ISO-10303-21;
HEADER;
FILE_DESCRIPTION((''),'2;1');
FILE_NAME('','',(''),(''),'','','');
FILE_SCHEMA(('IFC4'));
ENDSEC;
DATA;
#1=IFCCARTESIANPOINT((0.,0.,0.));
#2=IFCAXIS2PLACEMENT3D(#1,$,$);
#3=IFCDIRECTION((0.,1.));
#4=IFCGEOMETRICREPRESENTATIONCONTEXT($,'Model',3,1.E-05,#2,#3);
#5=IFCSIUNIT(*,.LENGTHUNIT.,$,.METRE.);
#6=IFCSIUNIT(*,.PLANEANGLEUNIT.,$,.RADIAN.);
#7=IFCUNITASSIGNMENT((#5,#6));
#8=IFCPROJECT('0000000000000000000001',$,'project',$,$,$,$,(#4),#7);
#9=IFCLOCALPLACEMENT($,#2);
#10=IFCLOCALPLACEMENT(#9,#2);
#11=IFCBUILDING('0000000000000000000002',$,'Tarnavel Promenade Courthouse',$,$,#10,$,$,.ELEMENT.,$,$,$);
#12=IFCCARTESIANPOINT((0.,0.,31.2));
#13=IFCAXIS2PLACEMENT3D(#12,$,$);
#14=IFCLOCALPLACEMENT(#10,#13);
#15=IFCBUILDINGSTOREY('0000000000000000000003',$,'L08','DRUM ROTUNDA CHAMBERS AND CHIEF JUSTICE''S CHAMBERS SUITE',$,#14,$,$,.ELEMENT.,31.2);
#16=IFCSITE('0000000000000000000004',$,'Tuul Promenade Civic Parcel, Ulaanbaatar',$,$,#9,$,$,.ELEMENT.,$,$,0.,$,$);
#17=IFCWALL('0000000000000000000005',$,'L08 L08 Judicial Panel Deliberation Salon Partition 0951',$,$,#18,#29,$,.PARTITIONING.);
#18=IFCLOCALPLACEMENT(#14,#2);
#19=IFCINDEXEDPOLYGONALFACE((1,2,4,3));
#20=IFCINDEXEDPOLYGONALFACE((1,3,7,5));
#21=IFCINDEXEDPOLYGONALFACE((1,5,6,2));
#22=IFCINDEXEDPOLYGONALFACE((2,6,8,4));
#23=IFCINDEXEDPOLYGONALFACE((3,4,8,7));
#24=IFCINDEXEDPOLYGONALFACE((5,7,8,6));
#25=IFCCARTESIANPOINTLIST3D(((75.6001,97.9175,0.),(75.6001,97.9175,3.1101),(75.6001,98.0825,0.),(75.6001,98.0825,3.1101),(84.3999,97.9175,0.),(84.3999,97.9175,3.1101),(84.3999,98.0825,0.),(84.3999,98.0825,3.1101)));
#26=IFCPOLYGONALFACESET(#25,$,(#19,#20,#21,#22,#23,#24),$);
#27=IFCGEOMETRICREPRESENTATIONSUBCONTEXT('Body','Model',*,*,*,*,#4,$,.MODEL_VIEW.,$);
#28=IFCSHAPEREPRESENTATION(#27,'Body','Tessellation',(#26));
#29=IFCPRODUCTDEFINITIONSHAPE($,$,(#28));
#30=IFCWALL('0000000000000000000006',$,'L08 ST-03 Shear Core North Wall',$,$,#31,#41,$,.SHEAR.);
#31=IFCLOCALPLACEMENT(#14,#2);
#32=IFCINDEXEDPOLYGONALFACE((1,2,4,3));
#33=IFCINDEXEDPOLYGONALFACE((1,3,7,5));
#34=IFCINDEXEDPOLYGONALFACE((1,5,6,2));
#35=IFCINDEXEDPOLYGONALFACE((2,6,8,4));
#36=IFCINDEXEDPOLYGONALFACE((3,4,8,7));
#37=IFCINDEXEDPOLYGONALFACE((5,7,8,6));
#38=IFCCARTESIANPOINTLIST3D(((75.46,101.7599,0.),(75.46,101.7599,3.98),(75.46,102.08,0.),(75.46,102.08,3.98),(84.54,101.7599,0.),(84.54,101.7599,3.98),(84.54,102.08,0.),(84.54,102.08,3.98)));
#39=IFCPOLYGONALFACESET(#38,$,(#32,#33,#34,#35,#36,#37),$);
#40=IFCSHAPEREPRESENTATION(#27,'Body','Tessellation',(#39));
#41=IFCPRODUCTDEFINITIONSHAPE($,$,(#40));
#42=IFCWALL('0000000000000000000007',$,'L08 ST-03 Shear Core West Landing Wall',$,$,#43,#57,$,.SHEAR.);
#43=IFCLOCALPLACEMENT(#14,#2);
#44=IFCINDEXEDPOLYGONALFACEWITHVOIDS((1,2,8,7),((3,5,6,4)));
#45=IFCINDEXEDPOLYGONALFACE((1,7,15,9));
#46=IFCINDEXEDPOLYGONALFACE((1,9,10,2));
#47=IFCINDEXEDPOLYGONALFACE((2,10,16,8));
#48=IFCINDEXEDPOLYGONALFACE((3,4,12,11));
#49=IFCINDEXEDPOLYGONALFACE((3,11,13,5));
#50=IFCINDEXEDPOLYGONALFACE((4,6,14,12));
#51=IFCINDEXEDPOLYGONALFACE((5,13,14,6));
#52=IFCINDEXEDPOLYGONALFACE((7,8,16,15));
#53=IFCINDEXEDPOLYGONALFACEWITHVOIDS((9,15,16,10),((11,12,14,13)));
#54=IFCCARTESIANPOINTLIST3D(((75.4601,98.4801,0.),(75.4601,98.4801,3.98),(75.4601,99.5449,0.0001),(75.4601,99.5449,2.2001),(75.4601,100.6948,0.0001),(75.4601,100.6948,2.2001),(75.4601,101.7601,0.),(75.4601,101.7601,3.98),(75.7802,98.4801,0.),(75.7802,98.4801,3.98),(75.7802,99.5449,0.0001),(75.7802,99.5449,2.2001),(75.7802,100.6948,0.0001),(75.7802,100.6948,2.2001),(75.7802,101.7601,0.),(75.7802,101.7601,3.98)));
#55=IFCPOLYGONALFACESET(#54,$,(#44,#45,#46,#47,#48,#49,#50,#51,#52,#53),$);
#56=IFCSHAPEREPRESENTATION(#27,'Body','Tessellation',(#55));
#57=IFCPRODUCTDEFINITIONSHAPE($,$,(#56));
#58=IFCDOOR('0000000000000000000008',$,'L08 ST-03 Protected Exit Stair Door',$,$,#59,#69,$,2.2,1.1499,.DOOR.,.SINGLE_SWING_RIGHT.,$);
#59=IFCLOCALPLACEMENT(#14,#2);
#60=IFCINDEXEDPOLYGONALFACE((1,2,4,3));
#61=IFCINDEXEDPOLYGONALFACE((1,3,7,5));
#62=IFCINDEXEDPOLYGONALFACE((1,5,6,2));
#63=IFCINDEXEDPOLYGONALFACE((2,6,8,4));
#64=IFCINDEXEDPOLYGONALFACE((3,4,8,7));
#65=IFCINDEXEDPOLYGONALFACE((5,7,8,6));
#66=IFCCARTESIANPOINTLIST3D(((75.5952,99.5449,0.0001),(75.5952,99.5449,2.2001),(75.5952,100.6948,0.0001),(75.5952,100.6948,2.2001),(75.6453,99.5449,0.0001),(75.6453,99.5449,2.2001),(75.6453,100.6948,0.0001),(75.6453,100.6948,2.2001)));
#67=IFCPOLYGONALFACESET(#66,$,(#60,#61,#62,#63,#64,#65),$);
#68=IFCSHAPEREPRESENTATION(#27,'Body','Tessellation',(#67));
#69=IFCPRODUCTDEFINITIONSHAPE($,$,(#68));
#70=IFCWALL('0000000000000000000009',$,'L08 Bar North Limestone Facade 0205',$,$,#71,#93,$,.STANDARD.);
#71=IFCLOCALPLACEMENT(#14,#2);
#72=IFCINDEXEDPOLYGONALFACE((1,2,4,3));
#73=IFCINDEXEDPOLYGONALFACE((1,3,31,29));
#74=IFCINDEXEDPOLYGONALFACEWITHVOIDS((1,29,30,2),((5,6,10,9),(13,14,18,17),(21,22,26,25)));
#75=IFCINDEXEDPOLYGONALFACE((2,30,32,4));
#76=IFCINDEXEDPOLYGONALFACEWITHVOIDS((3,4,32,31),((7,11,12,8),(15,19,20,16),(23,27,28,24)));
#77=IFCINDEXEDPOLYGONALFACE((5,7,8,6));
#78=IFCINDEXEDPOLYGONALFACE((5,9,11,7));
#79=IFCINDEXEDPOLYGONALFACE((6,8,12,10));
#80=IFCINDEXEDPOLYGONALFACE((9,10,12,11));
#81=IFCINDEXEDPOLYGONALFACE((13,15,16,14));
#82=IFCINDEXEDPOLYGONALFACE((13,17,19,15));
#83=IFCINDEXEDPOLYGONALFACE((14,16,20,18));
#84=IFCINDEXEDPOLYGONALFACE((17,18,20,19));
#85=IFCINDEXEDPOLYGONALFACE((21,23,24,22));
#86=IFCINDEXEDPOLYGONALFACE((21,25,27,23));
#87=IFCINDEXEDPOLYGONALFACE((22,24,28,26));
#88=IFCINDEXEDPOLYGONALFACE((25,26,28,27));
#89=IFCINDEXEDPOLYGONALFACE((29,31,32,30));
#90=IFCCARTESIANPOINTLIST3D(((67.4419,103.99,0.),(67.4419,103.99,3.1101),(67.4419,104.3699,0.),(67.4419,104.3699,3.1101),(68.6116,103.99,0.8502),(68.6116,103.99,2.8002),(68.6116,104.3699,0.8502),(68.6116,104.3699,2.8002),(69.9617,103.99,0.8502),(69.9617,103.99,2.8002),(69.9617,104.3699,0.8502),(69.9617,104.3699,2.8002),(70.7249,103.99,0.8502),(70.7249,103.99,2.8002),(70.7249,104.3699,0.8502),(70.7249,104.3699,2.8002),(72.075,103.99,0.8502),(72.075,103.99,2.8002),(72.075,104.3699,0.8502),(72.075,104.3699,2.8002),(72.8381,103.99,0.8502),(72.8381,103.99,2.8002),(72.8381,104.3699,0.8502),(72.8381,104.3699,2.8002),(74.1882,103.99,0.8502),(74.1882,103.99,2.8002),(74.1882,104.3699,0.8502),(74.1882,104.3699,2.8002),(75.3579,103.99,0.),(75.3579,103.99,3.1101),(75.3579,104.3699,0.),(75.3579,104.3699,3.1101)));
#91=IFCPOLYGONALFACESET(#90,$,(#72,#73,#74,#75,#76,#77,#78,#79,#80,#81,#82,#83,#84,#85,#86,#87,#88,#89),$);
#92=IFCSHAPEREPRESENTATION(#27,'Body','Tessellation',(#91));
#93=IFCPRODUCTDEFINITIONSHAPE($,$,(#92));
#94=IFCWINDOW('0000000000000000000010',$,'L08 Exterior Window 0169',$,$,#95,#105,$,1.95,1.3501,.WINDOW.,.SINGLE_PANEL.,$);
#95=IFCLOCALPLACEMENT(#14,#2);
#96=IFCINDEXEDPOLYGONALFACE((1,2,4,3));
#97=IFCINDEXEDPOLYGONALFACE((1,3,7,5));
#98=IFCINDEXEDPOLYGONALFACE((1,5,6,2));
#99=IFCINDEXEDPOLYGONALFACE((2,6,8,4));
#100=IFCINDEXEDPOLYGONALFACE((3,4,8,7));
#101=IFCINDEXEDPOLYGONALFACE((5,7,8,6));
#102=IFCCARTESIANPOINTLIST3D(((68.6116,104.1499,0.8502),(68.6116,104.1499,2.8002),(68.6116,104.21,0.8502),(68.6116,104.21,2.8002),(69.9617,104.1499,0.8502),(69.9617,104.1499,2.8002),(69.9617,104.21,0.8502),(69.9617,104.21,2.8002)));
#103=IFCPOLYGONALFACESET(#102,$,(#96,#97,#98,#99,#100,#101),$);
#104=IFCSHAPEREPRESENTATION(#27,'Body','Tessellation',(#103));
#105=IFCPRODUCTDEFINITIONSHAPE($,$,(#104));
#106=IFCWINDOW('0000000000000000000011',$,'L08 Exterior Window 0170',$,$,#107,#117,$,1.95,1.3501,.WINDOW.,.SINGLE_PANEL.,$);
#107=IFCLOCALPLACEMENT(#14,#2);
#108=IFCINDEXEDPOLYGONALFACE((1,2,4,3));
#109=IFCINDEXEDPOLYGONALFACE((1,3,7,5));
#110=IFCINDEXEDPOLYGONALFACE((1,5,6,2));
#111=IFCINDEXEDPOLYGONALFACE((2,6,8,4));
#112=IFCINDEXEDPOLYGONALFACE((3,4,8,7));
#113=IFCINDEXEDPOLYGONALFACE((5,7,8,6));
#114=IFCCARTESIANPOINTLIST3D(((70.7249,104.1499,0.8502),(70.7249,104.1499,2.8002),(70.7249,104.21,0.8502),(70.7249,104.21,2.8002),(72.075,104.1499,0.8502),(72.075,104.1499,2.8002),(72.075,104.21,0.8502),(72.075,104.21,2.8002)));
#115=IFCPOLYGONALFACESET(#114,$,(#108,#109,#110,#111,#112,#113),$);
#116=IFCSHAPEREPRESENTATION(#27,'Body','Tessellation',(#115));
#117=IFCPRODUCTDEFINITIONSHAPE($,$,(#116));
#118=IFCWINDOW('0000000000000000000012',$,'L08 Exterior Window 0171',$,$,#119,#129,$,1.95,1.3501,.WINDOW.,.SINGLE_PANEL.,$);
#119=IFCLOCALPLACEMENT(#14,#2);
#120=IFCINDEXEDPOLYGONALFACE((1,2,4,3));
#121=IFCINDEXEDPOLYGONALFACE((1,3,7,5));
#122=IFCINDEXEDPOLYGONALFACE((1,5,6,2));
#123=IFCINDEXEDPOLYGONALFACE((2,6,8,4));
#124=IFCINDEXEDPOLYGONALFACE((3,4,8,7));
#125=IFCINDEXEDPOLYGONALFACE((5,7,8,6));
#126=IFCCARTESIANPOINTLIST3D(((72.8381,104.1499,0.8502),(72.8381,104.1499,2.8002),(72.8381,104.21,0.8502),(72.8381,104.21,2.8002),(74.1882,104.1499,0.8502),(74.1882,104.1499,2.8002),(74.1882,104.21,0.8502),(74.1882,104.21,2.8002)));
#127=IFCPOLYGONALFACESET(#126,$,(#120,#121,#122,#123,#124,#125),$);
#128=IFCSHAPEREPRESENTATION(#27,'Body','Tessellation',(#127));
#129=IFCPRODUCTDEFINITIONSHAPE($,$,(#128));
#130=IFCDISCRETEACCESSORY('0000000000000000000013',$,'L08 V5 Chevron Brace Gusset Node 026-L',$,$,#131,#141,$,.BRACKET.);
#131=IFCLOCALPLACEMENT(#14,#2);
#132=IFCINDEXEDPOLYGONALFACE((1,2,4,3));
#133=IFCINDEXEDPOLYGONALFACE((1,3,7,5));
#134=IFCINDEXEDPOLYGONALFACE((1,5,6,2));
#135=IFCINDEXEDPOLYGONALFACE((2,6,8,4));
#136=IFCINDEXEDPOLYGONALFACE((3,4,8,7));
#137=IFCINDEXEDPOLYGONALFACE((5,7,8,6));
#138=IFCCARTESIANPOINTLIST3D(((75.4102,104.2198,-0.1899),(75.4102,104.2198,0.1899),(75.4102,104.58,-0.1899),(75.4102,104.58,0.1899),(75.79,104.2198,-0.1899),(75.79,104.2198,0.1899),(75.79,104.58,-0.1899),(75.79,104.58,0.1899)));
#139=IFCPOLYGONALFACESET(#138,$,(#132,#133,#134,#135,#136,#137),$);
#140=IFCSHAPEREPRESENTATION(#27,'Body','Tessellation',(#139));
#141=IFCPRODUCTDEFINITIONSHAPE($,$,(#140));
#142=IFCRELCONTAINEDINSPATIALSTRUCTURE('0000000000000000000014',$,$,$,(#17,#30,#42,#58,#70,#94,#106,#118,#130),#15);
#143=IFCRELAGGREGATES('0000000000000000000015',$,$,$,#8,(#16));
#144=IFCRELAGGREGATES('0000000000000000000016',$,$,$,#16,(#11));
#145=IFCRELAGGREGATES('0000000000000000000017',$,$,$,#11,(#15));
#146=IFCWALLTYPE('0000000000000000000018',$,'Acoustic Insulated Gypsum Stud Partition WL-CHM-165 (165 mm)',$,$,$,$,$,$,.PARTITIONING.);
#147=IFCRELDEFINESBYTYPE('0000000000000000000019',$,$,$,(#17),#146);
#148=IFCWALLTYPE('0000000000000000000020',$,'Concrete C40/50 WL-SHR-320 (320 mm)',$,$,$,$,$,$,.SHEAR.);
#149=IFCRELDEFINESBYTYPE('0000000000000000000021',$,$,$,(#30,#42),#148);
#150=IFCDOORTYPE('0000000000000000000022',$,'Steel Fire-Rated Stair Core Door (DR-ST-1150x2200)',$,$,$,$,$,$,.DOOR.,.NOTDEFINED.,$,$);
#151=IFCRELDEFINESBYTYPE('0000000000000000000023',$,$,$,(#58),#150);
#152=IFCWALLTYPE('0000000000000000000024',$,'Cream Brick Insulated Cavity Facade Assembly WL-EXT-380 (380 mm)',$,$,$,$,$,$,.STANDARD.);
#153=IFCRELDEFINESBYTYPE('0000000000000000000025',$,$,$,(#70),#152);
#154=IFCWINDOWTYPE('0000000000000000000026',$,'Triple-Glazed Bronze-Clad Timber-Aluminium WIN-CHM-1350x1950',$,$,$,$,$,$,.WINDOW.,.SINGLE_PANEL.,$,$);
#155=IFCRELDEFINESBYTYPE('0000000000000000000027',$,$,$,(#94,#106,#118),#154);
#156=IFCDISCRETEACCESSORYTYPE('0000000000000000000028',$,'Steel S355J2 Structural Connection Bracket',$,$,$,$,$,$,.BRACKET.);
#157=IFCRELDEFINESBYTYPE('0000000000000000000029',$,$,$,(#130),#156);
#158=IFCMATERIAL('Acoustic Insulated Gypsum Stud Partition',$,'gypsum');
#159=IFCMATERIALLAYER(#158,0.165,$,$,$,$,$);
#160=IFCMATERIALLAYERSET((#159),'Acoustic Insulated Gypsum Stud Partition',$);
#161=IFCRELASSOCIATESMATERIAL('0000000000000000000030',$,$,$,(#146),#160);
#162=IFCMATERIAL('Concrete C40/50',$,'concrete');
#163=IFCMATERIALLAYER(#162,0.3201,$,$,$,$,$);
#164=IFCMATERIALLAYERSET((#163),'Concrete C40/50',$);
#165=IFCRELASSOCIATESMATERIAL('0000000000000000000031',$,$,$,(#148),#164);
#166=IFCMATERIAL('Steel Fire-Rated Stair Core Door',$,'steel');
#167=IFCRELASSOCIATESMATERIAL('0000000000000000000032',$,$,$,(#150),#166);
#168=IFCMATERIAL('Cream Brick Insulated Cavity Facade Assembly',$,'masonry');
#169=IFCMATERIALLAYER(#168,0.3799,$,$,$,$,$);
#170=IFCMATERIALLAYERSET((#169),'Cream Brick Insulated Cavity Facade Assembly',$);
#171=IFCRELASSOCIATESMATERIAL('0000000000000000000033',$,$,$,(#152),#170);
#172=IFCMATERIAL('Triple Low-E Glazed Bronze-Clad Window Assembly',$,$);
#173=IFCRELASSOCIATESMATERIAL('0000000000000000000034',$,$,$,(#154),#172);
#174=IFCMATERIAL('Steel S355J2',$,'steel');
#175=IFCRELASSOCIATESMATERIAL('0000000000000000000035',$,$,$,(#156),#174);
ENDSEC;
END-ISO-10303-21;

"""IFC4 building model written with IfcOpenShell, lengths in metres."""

from ifc_helpers import new_model, si_unit, direction, frame, frame_2d, origin, origin_2d, place, context, subcontext, project, spatial, rectangle, extrude, material, layer, layer_set, type_object, element, fill, save


model = new_model("IFC4")

# Units and contexts
model_context = context("Model", 3, precision=1e-05, world=origin(), true_north=direction((0.0, 1.0)))
body_context = subcontext(model_context, "Body", "Model", "MODEL_VIEW")
ifc_project = project(units=[si_unit("LENGTHUNIT", "METRE"), si_unit("PLANEANGLEUNIT", "RADIAN")], contexts=[model_context])

# Site, building, storey
site_placement = place(None, origin())
site = spatial("IfcSite", under=ifc_project, at=site_placement, Name="Tuul Promenade Civic Parcel, Ulaanbaatar", CompositionType="ELEMENT", RefElevation=0.0)
building_placement = place(site_placement, origin())
building = spatial("IfcBuilding", under=site, at=building_placement, Name="Tarnavel Promenade Courthouse", CompositionType="ELEMENT")
storey_placement = place(building_placement, frame((0.0, 0.0, 31.2)))
storey = spatial("IfcBuildingStorey", under=building, at=storey_placement, Name="L08", Description="DRUM ROTUNDA CHAMBERS AND CHIEF JUSTICE'S CHAMBERS SUITE", CompositionType="ELEMENT", Elevation=31.2)

# Shared definitions
ifc_material_1 = material(Name="Concrete C40/50", Category="concrete")

# Shared definitions
ifc_material_2 = material(Name="Steel S355J2", Category="steel")

# Shared definitions
ifc_material_3 = material(Name="Acoustic Insulated Gypsum Stud Partition", Category="gypsum")
ifc_layer_1 = layer(ifc_material_3, 0.165)
ifc_layer_set_1 = layer_set([ifc_layer_1], Name="Acoustic Insulated Gypsum Stud Partition")
wall_type_1 = type_object("IfcWallType", Name="Acoustic Insulated Gypsum Stud Partition WL-CHM-165 (165 mm)", PredefinedType="PARTITIONING", material=ifc_layer_set_1)

# Walls
wall_1_placement = place(storey_placement, frame((75.6001, 98.0, 0.0), z_axis=(0.0, 0.0, 1.0), x_axis=(1.0, 0.0, 0.0)))
element("IfcWall", 1, at=wall_1_placement, inside=storey, type_object=wall_type_1, Name="L08 L08 Judicial Panel Deliberation Salon Partition 0951", PredefinedType="PARTITIONING", context=body_context, shape_type="SweptSolid", body=[
    extrude(rectangle(XDim=8.7998, YDim=0.165, at=frame_2d((4.3999, 0.0))), origin(), (0.0, 0.0, 1.0), 3.1101),
])
ifc_layer_2 = layer(ifc_material_1, 0.3201)
ifc_layer_set_2 = layer_set([ifc_layer_2], Name="Concrete C40/50")
wall_type_2 = type_object("IfcWallType", Name="Concrete C40/50 WL-SHR-320 (320 mm)", PredefinedType="SHEAR", material=ifc_layer_set_2)
wall_2_placement = place(storey_placement, frame((75.46, 101.9199, 0.0), z_axis=(0.0, 0.0, 1.0), x_axis=(1.0, 0.0, 0.0)))
element("IfcWall", 2, at=wall_2_placement, inside=storey, type_object=wall_type_2, Name="L08 ST-03 Shear Core North Wall", PredefinedType="SHEAR", context=body_context, shape_type="SweptSolid", body=[
    extrude(rectangle(XDim=9.0801, YDim=0.3201, at=frame_2d((4.54, 0.0))), origin(), (0.0, 0.0, 1.0), 3.98),
])

# Wall, opening, door
wall_3_placement = place(storey_placement, frame((75.6201, 98.48, 0.0), z_axis=(0.0, 0.0, 1.0), x_axis=(0.0, 1.0, 0.0)))
wall_3 = element("IfcWall", 3, at=wall_3_placement, inside=storey, type_object=wall_type_2, Name="L08 ST-03 Shear Core West Landing Wall", PredefinedType="SHEAR", context=body_context, shape_type="SweptSolid", body=[
    extrude(rectangle(XDim=3.28, YDim=0.3201, at=frame_2d((1.6401, 0.0))), origin(), (0.0, 0.0, 1.0), 3.98),
])
opening_1_placement = place(wall_3_placement, frame((1.0649, 0.0, 0.0)))
opening_1 = element("IfcOpeningElement", 4, at=opening_1_placement, cuts=wall_3, PredefinedType="OPENING", context=body_context, shape_type="SweptSolid", body=[
    extrude(rectangle(XDim=1.1499, YDim=2.2, at=frame_2d((0.575, 1.1001))), frame((0.0, 0.1699, 0.0), z_axis=(0.0, -1.0, 0.0), x_axis=(1.0, 0.0, 0.0)), (0.0, 0.0, 1.0), 0.3401),
])
ifc_material_4 = material(Name="Steel Fire-Rated Stair Core Door", Category="steel")
door_type_1 = type_object("IfcDoorType", Name="Steel Fire-Rated Stair Core Door (DR-ST-1150x2200)", OperationType="NOTDEFINED", PredefinedType="DOOR", material=ifc_material_4)
door_1_placement = place(opening_1_placement, origin())
door_1 = element("IfcDoor", 5, at=door_1_placement, inside=storey, type_object=door_type_1, Name="L08 ST-03 Protected Exit Stair Door", OperationType="SINGLE_SWING_RIGHT", OverallHeight=2.2, OverallWidth=1.1499, PredefinedType="DOOR", context=body_context, shape_type="SweptSolid", body=[
    extrude(rectangle(XDim=1.1499, YDim=2.2, at=frame_2d((0.575, 1.1001))), frame((0.0, 0.0249, 0.0), z_axis=(0.0, -1.0, 0.0), x_axis=(1.0, 0.0, 0.0)), (0.0, 0.0, 1.0), 0.05),
])
fill(opening_1, door_1)

# Wall, openings, windows
ifc_material_5 = material(Name="Cream Brick Insulated Cavity Facade Assembly", Category="masonry")
ifc_layer_3 = layer(ifc_material_5, 0.3799)
ifc_layer_set_3 = layer_set([ifc_layer_3], Name="Cream Brick Insulated Cavity Facade Assembly")
wall_type_3 = type_object("IfcWallType", Name="Cream Brick Insulated Cavity Facade Assembly WL-EXT-380 (380 mm)", PredefinedType="STANDARD", material=ifc_layer_set_3)
wall_4_placement = place(storey_placement, frame((67.4419, 104.1799, 0.0), z_axis=(0.0, 0.0, 1.0), x_axis=(1.0, 0.0, 0.0)))
wall_4 = element("IfcWall", 6, at=wall_4_placement, inside=storey, type_object=wall_type_3, Name="L08 Bar North Limestone Facade 0205", PredefinedType="STANDARD", context=body_context, shape_type="SweptSolid", body=[
    extrude(rectangle(XDim=7.916, YDim=0.3799, at=frame_2d((3.958, 0.0))), origin(), (0.0, 0.0, 1.0), 3.1101),
])
opening_2_placement = place(wall_4_placement, frame((1.1697, 0.0, 0.8501)))
opening_2 = element("IfcOpeningElement", 7, at=opening_2_placement, cuts=wall_4, PredefinedType="OPENING", context=body_context, shape_type="SweptSolid", body=[
    extrude(rectangle(XDim=1.3501, YDim=1.95, at=frame_2d((0.675, 0.9751))), frame((0.0, 0.2, 0.0), z_axis=(0.0, -1.0, 0.0), x_axis=(1.0, 0.0, 0.0)), (0.0, 0.0, 1.0), 0.3999),
])
opening_3_placement = place(wall_4_placement, frame((3.283, 0.0, 0.8501)))
opening_3 = element("IfcOpeningElement", 8, at=opening_3_placement, cuts=wall_4, PredefinedType="OPENING", context=body_context, shape_type="SweptSolid", body=[
    extrude(rectangle(XDim=1.3501, YDim=1.95, at=frame_2d((0.675, 0.9751))), frame((0.0, 0.2, 0.0), z_axis=(0.0, -1.0, 0.0), x_axis=(1.0, 0.0, 0.0)), (0.0, 0.0, 1.0), 0.3999),
])
opening_4_placement = place(wall_4_placement, frame((5.3962, 0.0, 0.8501)))
opening_4 = element("IfcOpeningElement", 9, at=opening_4_placement, cuts=wall_4, PredefinedType="OPENING", context=body_context, shape_type="SweptSolid", body=[
    extrude(rectangle(XDim=1.3501, YDim=1.95, at=frame_2d((0.675, 0.9751))), frame((0.0, 0.2, 0.0), z_axis=(0.0, -1.0, 0.0), x_axis=(1.0, 0.0, 0.0)), (0.0, 0.0, 1.0), 0.3999),
])
ifc_material_6 = material(Name="Triple Low-E Glazed Bronze-Clad Window Assembly")
window_type = type_object("IfcWindowType", Name="Triple-Glazed Bronze-Clad Timber-Aluminium WIN-CHM-1350x1950", PartitioningType="SINGLE_PANEL", PredefinedType="WINDOW", material=ifc_material_6)
window_1_placement = place(opening_2_placement, origin())
window_1 = element("IfcWindow", 10, at=window_1_placement, inside=storey, type_object=window_type, Name="L08 Exterior Window 0169", OverallHeight=1.95, OverallWidth=1.3501, PartitioningType="SINGLE_PANEL", PredefinedType="WINDOW", context=body_context, shape_type="SweptSolid", body=[
    extrude(rectangle(XDim=1.3501, YDim=1.95, at=frame_2d((0.675, 0.9751))), frame((0.0, 0.03, 0.0), z_axis=(0.0, -1.0, 0.0), x_axis=(1.0, 0.0, 0.0)), (0.0, 0.0, 1.0), 0.0601),
])
fill(opening_2, window_1)
window_2_placement = place(opening_3_placement, origin())
window_2 = element("IfcWindow", 11, at=window_2_placement, inside=storey, type_object=window_type, Name="L08 Exterior Window 0170", OverallHeight=1.95, OverallWidth=1.3501, PartitioningType="SINGLE_PANEL", PredefinedType="WINDOW", context=body_context, shape_type="SweptSolid", body=[
    extrude(rectangle(XDim=1.3501, YDim=1.95, at=frame_2d((0.675, 0.9751))), frame((0.0, 0.03, 0.0), z_axis=(0.0, -1.0, 0.0), x_axis=(1.0, 0.0, 0.0)), (0.0, 0.0, 1.0), 0.0601),
])
fill(opening_3, window_2)
window_3_placement = place(opening_4_placement, origin())
window_3 = element("IfcWindow", 12, at=window_3_placement, inside=storey, type_object=window_type, Name="L08 Exterior Window 0171", OverallHeight=1.95, OverallWidth=1.3501, PartitioningType="SINGLE_PANEL", PredefinedType="WINDOW", context=body_context, shape_type="SweptSolid", body=[
    extrude(rectangle(XDim=1.3501, YDim=1.95, at=frame_2d((0.675, 0.9751))), frame((0.0, 0.03, 0.0), z_axis=(0.0, -1.0, 0.0), x_axis=(1.0, 0.0, 0.0)), (0.0, 0.0, 1.0), 0.0601),
])
fill(opening_4, window_3)

# Discrete accessory
discrete_accessory_type = type_object("IfcDiscreteAccessoryType", Name="Steel S355J2 Structural Connection Bracket", PredefinedType="BRACKET", material=ifc_material_2)
discrete_accessory_placement = place(storey_placement, frame((75.6001, 104.3999, -0.1899), z_axis=(0.0, 0.0, 1.0), x_axis=(1.0, 0.0, 0.0)))
element("IfcDiscreteAccessory", 13, at=discrete_accessory_placement, inside=storey, type_object=discrete_accessory_type, Name="L08 V5 Chevron Brace Gusset Node 026-L", PredefinedType="BRACKET", context=body_context, shape_type="SweptSolid", body=[
    extrude(rectangle(XDim=0.3799, YDim=0.3601, at=origin_2d()), origin(), (0.0, 0.0, 1.0), 0.3799),
])

save(model, "model.ifc")
